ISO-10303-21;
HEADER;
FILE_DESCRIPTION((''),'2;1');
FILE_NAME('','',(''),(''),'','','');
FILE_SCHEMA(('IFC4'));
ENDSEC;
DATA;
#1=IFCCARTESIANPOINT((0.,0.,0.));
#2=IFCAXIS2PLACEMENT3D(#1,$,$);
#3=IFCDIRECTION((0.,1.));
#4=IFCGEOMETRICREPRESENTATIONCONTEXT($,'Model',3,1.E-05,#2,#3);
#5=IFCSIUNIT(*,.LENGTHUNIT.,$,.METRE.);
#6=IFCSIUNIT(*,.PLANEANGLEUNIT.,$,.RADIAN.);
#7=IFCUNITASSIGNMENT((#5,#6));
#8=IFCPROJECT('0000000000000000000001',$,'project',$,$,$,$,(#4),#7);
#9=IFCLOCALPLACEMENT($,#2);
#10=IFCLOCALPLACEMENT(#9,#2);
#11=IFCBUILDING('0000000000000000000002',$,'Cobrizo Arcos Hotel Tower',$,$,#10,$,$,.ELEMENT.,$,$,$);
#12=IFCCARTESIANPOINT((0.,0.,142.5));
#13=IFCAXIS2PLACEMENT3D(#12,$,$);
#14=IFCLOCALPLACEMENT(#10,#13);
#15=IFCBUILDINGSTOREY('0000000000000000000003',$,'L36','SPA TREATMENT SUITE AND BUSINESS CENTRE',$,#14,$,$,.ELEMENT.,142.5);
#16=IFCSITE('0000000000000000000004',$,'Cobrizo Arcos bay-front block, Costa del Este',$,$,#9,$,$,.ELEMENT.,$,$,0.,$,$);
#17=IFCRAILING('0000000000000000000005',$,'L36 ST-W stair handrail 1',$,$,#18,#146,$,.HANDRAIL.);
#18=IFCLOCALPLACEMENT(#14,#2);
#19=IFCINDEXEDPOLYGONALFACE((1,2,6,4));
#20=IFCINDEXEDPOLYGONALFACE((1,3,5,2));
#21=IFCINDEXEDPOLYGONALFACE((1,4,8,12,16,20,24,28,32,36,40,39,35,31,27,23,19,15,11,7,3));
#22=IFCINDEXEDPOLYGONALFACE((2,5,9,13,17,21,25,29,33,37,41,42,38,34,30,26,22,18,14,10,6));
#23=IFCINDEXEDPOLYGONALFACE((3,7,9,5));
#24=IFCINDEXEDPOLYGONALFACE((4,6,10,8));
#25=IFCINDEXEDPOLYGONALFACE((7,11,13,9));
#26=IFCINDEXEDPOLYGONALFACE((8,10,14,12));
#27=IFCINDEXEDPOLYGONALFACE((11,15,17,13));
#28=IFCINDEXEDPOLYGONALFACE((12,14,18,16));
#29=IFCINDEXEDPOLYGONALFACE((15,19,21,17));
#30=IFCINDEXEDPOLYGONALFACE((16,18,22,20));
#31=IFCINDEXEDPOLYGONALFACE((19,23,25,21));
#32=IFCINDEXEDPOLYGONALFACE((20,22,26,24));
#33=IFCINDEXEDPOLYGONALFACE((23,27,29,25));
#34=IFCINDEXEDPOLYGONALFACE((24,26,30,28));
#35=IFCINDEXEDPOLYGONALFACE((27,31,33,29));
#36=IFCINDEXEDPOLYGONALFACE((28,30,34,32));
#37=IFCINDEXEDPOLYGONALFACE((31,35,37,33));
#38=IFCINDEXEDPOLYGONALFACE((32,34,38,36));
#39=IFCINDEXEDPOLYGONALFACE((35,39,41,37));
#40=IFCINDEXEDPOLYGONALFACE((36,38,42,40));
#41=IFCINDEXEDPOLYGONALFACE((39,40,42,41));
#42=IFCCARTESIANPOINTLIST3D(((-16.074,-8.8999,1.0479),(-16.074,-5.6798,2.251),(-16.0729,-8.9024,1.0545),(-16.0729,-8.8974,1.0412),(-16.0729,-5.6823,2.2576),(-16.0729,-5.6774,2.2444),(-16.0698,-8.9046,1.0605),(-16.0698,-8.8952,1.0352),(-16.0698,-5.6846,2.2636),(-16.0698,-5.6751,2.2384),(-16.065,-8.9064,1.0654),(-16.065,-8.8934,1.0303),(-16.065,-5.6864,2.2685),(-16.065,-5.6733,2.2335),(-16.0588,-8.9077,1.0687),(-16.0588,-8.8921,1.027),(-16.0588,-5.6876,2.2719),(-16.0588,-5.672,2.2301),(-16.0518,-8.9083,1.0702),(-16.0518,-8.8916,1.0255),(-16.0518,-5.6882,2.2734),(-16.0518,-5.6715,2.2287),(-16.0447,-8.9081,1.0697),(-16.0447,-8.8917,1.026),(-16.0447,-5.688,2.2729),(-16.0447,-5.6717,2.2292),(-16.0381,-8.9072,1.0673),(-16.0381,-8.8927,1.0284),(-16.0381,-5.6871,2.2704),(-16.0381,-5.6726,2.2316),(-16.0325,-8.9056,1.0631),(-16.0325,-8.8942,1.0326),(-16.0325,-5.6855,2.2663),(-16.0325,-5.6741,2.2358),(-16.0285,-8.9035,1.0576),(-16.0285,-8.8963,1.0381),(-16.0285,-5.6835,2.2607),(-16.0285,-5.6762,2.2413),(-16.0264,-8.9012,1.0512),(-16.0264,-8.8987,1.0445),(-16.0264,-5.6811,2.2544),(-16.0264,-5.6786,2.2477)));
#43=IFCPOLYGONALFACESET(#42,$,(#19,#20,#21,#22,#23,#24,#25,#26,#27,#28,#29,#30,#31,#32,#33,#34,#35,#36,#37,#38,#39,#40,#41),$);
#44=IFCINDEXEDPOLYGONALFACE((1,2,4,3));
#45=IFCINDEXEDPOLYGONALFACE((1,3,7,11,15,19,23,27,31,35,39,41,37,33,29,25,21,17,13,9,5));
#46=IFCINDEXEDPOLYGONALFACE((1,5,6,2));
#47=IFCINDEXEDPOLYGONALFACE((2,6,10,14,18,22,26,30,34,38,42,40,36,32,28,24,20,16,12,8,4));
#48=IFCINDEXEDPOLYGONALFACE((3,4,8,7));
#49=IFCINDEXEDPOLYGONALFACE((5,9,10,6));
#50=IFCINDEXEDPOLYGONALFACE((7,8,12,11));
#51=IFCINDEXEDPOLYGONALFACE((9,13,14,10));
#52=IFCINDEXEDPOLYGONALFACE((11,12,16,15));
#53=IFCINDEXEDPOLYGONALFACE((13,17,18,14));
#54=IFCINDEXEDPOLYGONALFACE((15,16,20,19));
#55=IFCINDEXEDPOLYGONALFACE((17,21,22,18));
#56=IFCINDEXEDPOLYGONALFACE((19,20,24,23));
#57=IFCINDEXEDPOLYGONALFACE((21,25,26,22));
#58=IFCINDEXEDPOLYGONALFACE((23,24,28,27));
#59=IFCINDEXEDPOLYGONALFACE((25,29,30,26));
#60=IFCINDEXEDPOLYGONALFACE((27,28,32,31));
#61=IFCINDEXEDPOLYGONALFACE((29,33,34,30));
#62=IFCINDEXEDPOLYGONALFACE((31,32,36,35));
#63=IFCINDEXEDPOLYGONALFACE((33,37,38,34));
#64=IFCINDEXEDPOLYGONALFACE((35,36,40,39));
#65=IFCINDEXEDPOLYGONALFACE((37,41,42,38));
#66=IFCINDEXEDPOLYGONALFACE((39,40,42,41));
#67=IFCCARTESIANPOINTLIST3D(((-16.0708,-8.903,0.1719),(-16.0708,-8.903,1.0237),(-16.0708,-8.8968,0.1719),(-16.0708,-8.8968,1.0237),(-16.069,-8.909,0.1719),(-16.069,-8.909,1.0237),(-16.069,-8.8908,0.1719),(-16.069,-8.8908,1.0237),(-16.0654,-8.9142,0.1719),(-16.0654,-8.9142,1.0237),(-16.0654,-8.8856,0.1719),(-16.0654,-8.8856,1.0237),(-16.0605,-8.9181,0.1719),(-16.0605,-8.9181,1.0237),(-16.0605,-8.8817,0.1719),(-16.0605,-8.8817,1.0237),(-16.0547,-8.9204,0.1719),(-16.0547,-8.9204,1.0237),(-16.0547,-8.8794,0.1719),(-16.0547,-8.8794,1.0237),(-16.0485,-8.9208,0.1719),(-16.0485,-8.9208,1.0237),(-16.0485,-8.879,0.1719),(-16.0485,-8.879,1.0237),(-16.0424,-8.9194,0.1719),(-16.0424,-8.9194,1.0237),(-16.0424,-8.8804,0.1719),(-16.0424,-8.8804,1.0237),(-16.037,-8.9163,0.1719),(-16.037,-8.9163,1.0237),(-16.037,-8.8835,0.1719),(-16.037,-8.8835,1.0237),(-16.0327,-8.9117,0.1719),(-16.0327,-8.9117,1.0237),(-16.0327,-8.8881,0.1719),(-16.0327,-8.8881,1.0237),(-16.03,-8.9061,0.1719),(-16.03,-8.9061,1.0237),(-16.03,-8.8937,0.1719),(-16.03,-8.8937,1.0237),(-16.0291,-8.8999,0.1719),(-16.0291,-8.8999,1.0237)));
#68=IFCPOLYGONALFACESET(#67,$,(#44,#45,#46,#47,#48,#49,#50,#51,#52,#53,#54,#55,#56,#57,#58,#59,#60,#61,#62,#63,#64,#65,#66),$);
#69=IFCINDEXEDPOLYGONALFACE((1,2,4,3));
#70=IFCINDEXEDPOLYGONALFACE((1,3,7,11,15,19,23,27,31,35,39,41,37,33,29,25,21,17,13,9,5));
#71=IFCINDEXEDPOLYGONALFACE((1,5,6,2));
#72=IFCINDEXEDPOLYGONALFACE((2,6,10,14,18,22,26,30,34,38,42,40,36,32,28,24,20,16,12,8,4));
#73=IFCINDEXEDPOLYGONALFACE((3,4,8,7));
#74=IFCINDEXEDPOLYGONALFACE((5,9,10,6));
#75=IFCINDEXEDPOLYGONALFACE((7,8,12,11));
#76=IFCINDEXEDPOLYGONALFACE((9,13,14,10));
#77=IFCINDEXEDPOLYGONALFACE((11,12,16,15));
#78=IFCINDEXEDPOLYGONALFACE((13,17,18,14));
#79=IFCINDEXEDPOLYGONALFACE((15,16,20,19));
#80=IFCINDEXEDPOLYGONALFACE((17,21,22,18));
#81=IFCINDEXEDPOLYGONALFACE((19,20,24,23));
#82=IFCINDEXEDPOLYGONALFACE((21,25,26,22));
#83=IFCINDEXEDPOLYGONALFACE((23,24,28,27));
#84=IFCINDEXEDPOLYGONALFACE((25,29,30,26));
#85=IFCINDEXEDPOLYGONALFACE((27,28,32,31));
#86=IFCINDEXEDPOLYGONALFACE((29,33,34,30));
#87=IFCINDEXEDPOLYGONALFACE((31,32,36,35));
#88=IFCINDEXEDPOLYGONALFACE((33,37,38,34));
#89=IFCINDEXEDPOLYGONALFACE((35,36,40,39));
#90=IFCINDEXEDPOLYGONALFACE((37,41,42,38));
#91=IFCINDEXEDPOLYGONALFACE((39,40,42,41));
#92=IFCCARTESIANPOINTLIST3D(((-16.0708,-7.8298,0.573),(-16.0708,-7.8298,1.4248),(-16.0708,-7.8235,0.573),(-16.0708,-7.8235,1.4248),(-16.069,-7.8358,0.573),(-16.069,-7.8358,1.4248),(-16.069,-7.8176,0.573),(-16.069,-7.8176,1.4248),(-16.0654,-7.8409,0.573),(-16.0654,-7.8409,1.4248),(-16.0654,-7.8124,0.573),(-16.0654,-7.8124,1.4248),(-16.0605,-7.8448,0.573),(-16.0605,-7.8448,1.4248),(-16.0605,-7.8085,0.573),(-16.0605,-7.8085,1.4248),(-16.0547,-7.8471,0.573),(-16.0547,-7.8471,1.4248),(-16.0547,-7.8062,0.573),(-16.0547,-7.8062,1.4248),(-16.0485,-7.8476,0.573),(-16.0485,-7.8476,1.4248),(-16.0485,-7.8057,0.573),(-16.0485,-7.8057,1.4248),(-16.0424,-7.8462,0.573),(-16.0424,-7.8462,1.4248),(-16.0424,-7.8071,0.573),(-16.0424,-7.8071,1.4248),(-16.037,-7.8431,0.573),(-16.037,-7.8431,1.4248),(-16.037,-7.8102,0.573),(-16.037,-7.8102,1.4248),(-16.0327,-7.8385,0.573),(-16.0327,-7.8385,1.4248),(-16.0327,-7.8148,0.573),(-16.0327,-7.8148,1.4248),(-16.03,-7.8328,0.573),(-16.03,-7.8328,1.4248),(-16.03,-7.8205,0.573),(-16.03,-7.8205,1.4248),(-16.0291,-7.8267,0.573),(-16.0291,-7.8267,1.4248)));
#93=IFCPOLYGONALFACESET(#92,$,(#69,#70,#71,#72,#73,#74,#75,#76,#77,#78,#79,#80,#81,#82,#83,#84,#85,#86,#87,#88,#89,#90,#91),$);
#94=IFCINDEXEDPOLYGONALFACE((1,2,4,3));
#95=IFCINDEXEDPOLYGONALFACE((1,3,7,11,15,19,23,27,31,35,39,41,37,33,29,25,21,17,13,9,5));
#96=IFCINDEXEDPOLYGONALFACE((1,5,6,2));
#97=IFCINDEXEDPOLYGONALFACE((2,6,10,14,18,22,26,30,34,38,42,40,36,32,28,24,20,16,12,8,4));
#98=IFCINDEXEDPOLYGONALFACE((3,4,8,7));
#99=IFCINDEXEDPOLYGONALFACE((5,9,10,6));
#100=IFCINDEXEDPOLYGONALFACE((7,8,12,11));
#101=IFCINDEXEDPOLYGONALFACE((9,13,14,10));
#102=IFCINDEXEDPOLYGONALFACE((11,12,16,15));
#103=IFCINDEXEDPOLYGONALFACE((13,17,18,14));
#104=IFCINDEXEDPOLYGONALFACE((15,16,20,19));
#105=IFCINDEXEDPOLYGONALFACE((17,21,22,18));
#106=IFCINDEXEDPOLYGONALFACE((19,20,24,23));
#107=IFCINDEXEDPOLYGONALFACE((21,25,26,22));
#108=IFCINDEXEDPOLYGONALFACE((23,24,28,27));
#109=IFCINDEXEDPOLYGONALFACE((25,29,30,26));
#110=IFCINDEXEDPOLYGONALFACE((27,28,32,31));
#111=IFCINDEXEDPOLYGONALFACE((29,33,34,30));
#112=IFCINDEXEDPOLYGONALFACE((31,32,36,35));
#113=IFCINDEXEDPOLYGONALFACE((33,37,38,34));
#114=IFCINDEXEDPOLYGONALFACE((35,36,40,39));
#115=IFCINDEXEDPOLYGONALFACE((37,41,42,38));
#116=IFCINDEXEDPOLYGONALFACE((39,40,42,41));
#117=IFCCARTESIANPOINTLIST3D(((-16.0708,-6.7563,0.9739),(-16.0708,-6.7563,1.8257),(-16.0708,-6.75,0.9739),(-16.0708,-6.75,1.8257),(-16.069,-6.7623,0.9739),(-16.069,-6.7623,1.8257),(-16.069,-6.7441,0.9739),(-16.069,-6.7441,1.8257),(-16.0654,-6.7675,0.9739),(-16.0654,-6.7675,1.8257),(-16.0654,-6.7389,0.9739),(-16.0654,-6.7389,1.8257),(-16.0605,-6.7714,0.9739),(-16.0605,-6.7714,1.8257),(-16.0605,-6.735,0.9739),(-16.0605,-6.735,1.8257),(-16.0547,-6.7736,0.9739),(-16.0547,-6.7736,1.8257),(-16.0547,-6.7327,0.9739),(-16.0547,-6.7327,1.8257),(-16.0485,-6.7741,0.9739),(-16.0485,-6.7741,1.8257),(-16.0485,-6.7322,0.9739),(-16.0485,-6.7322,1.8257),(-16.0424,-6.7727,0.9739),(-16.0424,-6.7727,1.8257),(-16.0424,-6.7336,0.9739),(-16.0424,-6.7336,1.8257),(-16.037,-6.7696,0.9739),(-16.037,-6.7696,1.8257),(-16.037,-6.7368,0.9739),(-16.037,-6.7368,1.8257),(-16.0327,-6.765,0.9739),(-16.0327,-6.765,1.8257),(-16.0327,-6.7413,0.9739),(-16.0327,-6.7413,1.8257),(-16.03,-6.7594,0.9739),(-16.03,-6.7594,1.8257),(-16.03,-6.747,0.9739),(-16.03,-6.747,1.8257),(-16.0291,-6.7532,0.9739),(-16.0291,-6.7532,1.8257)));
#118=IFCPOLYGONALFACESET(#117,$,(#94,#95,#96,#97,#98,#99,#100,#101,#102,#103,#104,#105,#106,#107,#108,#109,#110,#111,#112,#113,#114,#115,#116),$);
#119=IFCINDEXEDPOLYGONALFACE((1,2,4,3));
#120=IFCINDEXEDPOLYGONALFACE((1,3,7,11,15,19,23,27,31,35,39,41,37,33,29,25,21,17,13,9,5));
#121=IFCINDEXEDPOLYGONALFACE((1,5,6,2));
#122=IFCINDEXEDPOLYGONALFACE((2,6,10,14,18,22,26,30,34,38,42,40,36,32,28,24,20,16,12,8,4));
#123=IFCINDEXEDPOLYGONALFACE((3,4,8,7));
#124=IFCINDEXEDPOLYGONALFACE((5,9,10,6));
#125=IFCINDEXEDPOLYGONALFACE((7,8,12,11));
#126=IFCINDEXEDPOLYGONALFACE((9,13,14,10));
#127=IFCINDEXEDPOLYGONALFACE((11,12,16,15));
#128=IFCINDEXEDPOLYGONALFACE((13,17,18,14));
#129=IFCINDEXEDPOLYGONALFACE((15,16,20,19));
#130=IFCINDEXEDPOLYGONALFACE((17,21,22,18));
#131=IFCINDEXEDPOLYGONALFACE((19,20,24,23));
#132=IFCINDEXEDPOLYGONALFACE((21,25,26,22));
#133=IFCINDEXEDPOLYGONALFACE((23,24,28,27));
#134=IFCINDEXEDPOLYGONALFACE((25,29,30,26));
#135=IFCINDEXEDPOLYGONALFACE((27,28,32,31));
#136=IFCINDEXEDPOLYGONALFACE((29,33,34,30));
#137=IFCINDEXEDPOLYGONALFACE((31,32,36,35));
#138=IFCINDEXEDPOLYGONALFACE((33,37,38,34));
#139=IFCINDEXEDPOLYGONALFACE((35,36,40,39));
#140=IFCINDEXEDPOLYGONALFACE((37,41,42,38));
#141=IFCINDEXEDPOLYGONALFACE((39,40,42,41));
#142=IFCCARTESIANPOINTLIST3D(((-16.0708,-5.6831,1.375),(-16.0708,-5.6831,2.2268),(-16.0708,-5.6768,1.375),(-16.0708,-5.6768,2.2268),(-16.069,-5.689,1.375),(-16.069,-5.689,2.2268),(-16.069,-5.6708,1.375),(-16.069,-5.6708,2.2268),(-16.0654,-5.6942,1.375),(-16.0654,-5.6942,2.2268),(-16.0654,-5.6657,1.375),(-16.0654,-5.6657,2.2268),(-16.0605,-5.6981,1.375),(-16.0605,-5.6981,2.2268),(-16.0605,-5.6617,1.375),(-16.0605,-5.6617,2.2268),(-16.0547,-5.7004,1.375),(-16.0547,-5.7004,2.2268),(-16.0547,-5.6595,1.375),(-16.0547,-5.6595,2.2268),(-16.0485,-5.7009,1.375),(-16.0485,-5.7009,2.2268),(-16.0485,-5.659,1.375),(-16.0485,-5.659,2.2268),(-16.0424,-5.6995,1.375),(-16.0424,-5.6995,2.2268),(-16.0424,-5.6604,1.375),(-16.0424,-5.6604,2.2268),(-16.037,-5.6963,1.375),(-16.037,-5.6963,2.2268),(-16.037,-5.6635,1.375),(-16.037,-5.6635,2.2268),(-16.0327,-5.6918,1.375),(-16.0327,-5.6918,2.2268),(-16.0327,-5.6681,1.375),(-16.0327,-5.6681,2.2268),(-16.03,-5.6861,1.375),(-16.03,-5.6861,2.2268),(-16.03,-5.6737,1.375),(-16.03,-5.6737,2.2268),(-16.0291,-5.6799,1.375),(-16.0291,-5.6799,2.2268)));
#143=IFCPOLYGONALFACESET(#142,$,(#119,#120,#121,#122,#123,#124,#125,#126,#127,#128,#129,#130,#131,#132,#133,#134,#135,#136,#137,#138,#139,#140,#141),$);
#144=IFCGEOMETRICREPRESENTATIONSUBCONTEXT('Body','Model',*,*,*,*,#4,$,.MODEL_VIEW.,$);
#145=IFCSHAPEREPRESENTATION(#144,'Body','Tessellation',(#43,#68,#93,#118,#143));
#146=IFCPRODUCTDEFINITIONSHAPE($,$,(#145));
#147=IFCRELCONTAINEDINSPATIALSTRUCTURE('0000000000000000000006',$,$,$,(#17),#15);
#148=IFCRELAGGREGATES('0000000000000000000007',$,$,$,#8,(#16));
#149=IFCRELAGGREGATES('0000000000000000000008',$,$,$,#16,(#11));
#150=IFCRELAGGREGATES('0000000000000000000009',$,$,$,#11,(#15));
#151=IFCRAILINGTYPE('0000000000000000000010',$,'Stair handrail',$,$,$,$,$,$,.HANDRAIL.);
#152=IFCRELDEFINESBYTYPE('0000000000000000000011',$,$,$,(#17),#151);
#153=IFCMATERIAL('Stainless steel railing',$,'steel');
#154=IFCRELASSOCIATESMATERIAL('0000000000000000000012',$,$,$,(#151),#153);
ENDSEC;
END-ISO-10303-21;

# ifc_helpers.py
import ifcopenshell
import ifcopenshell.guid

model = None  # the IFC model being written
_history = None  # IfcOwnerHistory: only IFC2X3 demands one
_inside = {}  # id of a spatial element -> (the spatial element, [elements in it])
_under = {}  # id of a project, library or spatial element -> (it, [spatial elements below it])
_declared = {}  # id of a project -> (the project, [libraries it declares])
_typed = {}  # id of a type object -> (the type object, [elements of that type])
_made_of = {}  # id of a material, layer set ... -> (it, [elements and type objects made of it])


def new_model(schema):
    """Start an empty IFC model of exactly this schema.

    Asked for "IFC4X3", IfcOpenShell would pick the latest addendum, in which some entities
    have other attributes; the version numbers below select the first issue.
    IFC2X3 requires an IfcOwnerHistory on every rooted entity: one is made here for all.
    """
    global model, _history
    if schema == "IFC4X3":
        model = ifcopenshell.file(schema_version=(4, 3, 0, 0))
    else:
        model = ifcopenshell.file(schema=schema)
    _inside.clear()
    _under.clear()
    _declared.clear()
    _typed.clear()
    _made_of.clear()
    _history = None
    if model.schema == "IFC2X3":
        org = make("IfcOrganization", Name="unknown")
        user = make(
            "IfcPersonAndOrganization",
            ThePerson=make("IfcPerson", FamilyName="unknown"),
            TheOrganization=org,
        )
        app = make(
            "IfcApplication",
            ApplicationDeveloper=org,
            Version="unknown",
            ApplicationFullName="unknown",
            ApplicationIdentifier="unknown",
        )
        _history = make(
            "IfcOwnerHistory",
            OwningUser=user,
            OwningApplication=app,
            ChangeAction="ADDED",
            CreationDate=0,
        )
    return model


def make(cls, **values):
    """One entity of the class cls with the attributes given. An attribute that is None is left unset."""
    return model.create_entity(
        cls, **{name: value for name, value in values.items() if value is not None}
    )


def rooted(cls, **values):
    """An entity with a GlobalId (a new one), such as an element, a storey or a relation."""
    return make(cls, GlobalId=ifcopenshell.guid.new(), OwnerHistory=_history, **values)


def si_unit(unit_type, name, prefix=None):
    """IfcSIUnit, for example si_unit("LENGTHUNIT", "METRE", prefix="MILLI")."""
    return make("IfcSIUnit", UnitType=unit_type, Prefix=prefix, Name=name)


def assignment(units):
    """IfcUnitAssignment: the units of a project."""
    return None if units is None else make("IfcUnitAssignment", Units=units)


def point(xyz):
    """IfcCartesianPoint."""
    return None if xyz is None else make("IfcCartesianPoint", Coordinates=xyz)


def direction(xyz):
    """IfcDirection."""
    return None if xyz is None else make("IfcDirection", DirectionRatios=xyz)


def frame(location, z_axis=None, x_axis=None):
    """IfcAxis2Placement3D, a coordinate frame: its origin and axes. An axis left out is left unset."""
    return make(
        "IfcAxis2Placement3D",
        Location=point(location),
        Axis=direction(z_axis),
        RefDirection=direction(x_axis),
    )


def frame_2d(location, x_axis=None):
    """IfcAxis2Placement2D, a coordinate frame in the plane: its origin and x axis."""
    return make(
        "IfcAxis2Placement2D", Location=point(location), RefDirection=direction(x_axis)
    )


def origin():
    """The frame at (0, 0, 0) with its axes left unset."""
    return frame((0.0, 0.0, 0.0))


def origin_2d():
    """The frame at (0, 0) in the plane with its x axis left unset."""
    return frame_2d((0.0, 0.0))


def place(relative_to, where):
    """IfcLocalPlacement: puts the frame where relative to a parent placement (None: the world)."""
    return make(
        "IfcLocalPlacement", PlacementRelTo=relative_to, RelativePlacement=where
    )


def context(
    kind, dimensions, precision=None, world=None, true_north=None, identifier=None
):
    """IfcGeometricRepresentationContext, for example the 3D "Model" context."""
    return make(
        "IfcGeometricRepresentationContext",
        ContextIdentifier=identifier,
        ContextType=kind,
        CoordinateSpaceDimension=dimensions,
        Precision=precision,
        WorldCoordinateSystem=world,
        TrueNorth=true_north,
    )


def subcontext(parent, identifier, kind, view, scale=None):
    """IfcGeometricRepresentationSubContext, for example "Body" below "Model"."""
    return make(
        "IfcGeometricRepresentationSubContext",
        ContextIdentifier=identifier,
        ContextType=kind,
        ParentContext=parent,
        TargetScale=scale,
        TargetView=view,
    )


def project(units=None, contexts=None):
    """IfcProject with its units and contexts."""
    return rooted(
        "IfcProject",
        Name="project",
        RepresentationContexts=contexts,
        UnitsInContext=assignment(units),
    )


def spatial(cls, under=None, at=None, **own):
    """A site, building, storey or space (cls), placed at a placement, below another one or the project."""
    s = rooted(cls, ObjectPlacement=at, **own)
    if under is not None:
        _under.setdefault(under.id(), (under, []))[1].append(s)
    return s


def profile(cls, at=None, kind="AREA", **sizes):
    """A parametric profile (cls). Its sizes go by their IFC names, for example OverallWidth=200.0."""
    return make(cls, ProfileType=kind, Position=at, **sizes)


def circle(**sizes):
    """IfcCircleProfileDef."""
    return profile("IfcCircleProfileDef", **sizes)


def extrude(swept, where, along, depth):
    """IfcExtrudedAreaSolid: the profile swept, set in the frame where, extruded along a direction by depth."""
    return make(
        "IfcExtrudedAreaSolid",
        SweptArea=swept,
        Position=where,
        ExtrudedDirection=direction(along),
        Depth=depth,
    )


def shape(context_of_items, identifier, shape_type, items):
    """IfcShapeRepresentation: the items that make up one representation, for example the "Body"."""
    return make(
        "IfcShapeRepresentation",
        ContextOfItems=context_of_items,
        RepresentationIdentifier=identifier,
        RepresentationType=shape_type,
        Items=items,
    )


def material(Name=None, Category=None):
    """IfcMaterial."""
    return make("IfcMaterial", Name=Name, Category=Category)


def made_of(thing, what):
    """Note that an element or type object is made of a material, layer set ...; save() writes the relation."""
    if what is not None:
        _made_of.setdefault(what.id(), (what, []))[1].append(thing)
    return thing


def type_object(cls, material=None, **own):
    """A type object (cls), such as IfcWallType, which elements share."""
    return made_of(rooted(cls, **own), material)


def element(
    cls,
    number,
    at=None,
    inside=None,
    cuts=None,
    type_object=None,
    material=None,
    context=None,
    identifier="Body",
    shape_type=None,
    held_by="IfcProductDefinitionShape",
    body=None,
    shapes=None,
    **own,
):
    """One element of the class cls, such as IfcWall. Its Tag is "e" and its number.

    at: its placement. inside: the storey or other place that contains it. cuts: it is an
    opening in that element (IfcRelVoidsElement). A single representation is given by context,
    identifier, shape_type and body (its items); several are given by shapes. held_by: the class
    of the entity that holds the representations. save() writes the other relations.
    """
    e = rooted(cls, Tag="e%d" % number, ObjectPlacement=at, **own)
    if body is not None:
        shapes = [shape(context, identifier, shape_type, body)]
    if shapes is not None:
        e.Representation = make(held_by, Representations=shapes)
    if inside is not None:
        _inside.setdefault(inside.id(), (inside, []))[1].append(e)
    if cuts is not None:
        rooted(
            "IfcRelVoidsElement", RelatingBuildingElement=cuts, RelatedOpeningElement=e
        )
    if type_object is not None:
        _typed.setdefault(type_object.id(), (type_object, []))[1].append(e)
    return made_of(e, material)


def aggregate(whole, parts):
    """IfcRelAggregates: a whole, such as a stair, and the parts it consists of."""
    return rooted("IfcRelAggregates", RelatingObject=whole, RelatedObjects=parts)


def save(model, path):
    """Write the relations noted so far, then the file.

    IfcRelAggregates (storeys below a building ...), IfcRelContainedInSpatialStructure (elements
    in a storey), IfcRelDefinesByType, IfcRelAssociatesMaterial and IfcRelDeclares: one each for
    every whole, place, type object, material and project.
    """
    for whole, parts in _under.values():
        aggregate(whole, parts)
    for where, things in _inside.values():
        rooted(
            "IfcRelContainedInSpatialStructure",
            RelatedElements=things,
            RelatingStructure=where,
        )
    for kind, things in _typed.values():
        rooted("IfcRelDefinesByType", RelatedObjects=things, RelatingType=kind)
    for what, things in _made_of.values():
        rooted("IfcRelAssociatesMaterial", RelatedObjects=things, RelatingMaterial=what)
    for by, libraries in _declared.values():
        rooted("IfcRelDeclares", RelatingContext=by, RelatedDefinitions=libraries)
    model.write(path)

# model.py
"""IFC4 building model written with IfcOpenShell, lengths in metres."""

from ifc_helpers import new_model, si_unit, direction, frame, origin, origin_2d, place, context, subcontext, project, spatial, circle, extrude, material, type_object, element, save


model = new_model("IFC4")

# Units and contexts
model_context = context("Model", 3, precision=1e-05, world=origin(), true_north=direction((0.0, 1.0)))
body_context = subcontext(model_context, "Body", "Model", "MODEL_VIEW")
ifc_project = project(units=[si_unit("LENGTHUNIT", "METRE"), si_unit("PLANEANGLEUNIT", "RADIAN")], contexts=[model_context])

# Site, building, storey
site_placement = place(None, origin())
site = spatial("IfcSite", under=ifc_project, at=site_placement, Name="Cobrizo Arcos bay-front block, Costa del Este", CompositionType="ELEMENT", RefElevation=0.0)
building_placement = place(site_placement, origin())
building = spatial("IfcBuilding", under=site, at=building_placement, Name="Cobrizo Arcos Hotel Tower", CompositionType="ELEMENT")
storey_placement = place(building_placement, frame((0.0, 0.0, 142.5)))
storey = spatial("IfcBuildingStorey", under=building, at=storey_placement, Name="L36", Description="SPA TREATMENT SUITE AND BUSINESS CENTRE", CompositionType="ELEMENT", Elevation=142.5)

# Railing
ifc_material_1 = material(Name="Stainless steel railing", Category="steel")
railing_type_1 = type_object("IfcRailingType", Name="Stair handrail", PredefinedType="HANDRAIL", material=ifc_material_1)
railing_1_placement = place(storey_placement, frame((-16.05, -8.8999, 0.1719)))
element("IfcRailing", 1, at=railing_1_placement, inside=storey, type_object=railing_type_1, Name="L36 ST-W stair handrail 1", PredefinedType="HANDRAIL", context=body_context, shape_type="SweptSolid", body=[
    extrude(circle(Radius=0.0239, at=origin_2d()), frame((0.0, 0.0, 0.876), z_axis=(0.0, 0.936746, 0.35001), x_axis=(-1.0, 0.0, 0.0)), (0.0, 0.0, 1.0), 3.4375),
    extrude(circle(Radius=0.021, at=origin_2d()), origin(), (0.0, 0.0, 1.0), 0.8518),
    extrude(circle(Radius=0.021, at=origin_2d()), frame((0.0, 1.0732, 0.4011)), (0.0, 0.0, 1.0), 0.8518),
    extrude(circle(Radius=0.021, at=origin_2d()), frame((0.0, 2.1467, 0.802)), (0.0, 0.0, 1.0), 0.8518),
    extrude(circle(Radius=0.021, at=origin_2d()), frame((0.0, 3.22, 1.2031)), (0.0, 0.0, 1.0), 0.8518),
])

save(model, "model.ifc")
